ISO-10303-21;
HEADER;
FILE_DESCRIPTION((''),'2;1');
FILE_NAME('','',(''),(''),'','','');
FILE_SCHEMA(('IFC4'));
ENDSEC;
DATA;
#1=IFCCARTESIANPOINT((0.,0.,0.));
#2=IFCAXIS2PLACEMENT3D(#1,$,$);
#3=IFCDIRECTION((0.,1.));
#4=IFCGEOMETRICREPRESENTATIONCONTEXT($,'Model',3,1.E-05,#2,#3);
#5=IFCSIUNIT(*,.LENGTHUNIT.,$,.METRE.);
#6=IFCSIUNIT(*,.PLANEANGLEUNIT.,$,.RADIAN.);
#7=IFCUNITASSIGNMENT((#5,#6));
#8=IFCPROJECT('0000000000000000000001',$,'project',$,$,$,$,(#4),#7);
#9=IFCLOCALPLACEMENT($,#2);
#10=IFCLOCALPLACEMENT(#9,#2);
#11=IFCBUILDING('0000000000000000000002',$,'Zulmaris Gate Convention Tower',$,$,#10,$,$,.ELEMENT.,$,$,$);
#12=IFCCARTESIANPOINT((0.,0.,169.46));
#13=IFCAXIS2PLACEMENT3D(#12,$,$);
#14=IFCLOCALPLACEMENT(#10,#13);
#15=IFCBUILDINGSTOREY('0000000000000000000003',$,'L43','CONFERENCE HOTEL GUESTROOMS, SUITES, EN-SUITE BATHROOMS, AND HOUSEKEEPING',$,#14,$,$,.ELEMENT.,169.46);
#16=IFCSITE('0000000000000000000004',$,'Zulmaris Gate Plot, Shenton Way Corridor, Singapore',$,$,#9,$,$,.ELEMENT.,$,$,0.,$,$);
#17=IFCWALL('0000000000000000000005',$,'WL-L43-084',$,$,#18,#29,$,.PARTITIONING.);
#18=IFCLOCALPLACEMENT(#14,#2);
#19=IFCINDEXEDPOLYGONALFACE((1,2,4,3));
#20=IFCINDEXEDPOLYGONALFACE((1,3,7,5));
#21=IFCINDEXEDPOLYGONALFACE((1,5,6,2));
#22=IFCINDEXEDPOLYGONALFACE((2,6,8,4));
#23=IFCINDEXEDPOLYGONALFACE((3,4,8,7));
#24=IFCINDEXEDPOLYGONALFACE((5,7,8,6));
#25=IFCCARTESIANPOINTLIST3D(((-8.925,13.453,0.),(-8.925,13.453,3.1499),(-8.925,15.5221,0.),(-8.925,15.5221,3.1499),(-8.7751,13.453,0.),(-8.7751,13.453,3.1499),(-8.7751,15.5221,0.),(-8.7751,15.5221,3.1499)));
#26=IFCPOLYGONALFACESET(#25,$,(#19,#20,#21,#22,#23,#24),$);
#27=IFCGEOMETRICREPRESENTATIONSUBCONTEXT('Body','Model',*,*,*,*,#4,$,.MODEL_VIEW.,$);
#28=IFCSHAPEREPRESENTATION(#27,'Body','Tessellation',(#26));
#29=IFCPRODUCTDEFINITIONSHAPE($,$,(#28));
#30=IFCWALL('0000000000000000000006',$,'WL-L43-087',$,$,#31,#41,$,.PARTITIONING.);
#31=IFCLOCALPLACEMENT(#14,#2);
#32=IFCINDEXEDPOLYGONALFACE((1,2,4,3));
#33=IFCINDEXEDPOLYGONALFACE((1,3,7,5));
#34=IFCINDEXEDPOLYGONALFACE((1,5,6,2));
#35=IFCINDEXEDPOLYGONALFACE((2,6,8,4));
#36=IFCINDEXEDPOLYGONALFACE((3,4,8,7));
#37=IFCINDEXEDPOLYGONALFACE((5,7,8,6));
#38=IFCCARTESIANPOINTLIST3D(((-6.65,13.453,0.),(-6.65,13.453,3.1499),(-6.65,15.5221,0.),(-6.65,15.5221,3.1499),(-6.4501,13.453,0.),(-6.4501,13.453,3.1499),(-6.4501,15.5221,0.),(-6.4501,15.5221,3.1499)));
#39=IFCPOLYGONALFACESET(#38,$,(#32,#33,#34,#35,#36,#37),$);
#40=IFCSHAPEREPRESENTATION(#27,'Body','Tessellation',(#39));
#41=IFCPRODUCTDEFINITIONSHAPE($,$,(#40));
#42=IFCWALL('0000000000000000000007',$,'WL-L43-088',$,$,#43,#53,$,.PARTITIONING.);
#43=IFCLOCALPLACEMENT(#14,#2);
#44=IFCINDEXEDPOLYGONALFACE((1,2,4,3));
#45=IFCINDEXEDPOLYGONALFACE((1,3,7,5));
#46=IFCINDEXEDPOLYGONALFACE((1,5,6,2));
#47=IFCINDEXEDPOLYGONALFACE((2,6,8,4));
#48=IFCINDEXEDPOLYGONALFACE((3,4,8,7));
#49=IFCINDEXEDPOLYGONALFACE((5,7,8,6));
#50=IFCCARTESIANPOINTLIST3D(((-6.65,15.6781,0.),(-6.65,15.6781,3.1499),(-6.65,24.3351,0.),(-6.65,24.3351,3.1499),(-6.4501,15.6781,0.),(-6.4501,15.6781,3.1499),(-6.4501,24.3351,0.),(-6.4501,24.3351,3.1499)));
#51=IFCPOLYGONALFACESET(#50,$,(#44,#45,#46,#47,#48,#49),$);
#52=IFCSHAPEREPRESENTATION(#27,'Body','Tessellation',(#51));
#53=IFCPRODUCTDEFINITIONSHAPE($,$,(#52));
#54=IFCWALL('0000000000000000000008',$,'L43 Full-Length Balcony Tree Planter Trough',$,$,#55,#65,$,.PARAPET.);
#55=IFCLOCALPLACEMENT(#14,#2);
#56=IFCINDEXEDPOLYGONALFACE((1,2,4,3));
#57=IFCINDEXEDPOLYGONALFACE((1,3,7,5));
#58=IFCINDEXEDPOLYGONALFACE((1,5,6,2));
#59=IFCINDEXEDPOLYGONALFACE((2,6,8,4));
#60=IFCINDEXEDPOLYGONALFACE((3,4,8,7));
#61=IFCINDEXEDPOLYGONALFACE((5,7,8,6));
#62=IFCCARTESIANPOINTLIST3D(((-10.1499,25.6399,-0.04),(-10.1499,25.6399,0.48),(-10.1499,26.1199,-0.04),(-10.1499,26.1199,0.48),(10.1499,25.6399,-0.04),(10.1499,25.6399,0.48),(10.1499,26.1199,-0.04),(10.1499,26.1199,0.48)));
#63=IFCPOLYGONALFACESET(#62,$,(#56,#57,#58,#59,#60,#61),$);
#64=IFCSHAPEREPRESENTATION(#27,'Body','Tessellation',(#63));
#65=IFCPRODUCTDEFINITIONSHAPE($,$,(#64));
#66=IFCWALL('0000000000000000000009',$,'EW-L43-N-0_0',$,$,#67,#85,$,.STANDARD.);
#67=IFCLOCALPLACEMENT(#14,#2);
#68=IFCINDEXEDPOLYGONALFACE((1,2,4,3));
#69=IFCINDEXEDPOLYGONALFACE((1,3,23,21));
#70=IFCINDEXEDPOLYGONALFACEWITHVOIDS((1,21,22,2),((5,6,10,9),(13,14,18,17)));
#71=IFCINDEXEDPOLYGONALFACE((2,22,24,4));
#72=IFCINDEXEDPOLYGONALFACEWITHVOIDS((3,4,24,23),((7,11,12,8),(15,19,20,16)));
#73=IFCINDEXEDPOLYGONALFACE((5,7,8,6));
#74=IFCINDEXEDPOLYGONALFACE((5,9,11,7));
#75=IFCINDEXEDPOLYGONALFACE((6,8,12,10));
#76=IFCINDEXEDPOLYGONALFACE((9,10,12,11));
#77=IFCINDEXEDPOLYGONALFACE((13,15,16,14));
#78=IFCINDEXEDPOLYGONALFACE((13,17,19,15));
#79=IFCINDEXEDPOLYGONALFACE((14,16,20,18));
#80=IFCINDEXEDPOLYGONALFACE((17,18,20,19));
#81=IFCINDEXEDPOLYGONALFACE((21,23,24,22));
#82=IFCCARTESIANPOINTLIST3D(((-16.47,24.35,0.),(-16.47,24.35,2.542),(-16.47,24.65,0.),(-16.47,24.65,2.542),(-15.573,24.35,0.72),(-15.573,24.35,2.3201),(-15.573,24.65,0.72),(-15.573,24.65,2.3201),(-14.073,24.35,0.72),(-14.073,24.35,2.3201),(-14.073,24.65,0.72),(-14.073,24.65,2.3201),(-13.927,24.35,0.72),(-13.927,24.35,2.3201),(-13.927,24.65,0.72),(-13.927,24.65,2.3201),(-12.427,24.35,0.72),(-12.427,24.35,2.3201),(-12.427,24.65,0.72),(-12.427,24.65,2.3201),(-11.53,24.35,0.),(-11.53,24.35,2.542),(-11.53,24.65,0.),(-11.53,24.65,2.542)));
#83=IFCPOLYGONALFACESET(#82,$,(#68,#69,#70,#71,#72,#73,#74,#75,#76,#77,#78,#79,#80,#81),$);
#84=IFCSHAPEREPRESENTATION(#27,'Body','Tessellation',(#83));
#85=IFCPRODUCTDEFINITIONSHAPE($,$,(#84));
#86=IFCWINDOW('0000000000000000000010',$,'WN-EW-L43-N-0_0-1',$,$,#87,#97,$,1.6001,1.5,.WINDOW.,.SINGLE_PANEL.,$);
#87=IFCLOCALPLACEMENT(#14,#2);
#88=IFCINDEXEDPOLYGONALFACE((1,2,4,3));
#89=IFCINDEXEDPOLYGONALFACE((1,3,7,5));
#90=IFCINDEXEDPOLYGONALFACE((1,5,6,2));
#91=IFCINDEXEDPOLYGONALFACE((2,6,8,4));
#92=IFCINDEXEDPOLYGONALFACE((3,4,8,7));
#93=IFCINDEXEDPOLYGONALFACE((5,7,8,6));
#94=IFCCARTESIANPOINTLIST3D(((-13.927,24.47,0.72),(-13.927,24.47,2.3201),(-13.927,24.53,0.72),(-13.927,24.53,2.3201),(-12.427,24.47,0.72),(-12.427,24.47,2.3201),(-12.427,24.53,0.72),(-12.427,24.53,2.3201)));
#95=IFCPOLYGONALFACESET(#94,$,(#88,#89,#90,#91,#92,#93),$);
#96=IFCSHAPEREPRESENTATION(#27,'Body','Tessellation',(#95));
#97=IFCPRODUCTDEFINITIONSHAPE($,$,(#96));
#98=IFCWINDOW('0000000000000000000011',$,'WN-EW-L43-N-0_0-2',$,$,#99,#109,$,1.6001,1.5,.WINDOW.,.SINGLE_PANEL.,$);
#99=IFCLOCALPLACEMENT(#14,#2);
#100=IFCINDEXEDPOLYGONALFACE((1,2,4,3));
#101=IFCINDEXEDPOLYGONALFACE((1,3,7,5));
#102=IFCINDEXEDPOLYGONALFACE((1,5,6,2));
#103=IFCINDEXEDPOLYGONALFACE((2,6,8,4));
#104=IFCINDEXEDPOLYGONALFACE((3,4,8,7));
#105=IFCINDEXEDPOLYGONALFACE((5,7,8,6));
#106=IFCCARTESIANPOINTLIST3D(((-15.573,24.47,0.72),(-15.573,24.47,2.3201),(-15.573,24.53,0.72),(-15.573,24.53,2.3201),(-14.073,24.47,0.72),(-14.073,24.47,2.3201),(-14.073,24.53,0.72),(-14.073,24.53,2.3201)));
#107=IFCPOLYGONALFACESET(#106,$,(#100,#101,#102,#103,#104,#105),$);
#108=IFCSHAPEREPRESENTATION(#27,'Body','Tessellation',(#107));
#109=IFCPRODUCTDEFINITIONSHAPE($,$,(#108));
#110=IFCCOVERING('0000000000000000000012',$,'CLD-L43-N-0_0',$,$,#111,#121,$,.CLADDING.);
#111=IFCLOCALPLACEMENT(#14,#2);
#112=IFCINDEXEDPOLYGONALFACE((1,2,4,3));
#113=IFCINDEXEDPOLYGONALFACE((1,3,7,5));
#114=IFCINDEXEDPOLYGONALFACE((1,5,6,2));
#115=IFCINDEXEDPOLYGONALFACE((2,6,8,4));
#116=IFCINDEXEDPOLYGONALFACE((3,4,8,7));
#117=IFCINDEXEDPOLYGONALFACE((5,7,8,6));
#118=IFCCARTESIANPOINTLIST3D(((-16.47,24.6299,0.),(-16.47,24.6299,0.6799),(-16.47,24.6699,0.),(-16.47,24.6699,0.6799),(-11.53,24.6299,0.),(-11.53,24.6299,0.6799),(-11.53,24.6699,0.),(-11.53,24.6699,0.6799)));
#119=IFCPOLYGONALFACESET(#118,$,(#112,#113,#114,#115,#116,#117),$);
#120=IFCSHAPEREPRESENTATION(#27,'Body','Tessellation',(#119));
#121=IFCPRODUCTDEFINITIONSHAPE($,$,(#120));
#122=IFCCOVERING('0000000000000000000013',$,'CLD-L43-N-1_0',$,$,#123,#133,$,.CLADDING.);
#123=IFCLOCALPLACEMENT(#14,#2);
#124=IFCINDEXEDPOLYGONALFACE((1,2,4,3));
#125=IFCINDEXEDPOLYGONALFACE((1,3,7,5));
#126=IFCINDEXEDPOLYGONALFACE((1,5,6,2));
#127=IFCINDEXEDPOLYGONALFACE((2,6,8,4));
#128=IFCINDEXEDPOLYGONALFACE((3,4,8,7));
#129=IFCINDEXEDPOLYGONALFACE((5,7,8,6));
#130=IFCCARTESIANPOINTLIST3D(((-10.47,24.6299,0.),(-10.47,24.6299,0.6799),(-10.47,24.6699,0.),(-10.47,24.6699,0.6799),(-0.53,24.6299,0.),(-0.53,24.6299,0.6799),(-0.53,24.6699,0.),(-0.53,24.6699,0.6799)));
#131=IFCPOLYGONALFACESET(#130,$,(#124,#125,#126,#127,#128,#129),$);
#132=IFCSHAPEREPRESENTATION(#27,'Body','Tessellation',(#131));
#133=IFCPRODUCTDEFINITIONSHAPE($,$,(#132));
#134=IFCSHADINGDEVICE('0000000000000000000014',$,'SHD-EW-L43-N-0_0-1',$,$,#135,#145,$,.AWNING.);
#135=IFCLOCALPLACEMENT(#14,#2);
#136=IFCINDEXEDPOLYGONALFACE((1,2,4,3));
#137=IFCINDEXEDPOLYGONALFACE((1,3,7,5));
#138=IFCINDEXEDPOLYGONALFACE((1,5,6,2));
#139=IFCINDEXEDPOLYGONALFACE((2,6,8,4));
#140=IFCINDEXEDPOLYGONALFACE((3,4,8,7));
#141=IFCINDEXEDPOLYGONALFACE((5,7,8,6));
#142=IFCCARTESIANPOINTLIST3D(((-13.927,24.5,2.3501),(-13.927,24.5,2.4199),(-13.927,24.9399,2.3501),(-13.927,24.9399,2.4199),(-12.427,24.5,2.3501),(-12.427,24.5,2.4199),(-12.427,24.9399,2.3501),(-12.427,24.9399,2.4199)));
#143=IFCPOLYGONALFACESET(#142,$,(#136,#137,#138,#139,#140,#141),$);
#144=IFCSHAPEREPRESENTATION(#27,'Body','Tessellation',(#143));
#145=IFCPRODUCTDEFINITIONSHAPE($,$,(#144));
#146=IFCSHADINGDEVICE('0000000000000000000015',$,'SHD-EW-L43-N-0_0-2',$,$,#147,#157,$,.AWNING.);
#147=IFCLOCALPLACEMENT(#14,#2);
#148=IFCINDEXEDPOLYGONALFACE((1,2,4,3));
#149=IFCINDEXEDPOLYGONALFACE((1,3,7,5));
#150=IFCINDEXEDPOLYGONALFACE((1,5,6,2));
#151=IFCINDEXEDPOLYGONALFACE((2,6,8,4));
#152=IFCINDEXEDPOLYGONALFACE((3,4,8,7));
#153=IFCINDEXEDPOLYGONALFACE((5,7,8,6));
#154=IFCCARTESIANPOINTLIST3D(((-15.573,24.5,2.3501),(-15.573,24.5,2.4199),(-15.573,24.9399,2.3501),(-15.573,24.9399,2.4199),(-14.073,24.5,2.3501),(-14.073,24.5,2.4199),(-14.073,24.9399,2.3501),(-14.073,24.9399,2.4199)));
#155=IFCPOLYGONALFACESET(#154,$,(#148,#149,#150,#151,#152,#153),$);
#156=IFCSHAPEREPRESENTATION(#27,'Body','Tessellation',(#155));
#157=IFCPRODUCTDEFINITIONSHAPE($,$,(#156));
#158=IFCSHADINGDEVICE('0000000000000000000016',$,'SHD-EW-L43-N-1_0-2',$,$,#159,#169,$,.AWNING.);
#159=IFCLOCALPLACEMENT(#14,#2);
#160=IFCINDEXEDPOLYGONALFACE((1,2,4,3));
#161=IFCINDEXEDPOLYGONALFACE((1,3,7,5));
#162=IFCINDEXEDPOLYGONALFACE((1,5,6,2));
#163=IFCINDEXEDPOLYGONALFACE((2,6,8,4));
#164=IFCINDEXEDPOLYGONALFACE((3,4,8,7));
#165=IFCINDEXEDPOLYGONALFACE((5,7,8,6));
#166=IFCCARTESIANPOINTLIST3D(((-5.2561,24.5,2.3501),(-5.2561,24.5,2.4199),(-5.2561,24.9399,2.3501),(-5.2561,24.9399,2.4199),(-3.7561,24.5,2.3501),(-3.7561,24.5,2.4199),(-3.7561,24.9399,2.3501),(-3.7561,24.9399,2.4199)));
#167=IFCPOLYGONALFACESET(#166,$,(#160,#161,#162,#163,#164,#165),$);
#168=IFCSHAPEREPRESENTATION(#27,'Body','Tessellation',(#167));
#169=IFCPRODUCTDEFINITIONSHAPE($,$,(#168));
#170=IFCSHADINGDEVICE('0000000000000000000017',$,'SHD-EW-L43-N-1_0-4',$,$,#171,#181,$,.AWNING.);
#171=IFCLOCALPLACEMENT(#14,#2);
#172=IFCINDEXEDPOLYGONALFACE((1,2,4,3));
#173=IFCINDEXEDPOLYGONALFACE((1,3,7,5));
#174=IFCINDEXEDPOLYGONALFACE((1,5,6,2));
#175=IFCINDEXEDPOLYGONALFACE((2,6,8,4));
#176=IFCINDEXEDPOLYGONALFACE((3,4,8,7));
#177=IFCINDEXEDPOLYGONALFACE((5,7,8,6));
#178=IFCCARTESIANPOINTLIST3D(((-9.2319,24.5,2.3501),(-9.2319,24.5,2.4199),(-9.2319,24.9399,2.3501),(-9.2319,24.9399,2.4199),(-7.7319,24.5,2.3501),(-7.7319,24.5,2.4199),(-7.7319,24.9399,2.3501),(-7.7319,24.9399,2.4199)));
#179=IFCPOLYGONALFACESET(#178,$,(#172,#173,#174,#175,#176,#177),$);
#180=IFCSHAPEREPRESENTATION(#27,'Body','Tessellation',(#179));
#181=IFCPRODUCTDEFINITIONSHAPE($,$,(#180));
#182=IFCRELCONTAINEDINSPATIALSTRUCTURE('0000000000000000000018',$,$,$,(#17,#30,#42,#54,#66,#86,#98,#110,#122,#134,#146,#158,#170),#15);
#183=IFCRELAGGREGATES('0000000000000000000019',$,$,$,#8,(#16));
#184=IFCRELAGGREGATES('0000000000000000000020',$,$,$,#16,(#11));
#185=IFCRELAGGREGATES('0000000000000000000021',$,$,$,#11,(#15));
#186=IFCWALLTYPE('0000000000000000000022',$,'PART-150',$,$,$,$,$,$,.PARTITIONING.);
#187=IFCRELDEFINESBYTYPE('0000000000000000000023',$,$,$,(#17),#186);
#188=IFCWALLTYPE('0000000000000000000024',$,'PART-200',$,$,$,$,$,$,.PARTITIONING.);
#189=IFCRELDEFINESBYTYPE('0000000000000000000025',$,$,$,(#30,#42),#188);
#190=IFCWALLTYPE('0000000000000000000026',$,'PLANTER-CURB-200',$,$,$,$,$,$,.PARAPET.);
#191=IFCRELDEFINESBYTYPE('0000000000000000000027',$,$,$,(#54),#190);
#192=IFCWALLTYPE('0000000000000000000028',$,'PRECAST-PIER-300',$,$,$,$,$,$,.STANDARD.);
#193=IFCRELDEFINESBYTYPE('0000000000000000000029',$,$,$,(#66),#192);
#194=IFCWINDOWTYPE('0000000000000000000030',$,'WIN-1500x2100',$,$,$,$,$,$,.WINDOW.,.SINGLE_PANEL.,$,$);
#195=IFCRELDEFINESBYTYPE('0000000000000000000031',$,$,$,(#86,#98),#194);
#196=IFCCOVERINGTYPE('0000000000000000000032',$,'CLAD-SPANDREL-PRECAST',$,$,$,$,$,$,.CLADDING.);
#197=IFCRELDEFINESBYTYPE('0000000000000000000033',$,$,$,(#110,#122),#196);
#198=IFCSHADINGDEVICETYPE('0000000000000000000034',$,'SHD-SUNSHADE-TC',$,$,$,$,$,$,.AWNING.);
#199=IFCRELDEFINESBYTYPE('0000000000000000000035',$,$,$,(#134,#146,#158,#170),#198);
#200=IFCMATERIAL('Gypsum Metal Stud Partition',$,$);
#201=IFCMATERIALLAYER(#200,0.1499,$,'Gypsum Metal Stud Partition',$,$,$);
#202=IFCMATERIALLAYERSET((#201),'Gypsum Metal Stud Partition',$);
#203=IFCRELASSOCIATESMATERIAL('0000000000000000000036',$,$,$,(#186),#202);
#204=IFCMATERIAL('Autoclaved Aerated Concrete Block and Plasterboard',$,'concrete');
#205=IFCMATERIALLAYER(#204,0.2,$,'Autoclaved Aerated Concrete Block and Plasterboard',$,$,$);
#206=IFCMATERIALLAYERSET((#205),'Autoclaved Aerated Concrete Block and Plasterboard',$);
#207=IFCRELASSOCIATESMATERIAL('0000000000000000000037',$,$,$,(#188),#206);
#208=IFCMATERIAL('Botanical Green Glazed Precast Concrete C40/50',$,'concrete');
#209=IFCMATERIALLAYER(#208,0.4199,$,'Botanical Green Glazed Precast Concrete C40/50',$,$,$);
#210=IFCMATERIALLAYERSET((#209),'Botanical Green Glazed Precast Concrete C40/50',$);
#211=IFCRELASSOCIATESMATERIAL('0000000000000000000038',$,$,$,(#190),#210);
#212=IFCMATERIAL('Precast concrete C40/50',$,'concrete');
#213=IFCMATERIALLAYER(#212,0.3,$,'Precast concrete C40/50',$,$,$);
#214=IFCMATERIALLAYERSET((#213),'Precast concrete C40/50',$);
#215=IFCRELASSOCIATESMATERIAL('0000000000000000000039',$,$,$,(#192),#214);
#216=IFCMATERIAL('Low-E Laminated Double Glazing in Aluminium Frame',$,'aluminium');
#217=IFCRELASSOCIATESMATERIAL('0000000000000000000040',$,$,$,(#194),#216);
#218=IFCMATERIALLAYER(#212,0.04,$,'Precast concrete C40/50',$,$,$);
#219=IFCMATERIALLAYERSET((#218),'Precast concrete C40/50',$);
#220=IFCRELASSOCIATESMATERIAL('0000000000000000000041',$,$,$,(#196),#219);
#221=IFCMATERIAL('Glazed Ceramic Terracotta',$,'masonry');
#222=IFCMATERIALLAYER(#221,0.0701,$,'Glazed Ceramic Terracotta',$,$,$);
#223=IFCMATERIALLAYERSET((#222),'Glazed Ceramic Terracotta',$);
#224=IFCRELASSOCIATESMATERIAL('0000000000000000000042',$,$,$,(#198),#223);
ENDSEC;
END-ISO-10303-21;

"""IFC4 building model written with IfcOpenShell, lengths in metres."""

from ifc_helpers import new_model, si_unit, direction, frame, frame_2d, origin, place, context, subcontext, project, spatial, rectangle, extrude, material, layer, layer_set, type_object, element, fill, save


model = new_model("IFC4")

# Units and contexts
model_context = context("Model", 3, precision=1e-05, world=origin(), true_north=direction((0.0, 1.0)))
body_context = subcontext(model_context, "Body", "Model", "MODEL_VIEW")
ifc_project = project(units=[si_unit("LENGTHUNIT", "METRE"), si_unit("PLANEANGLEUNIT", "RADIAN")], contexts=[model_context])

# Site, building, storey
site_placement = place(None, origin())
site = spatial("IfcSite", under=ifc_project, at=site_placement, Name="Zulmaris Gate Plot, Shenton Way Corridor, Singapore", CompositionType="ELEMENT", RefElevation=0.0)
building_placement = place(site_placement, origin())
building = spatial("IfcBuilding", under=site, at=building_placement, Name="Zulmaris Gate Convention Tower", CompositionType="ELEMENT")
storey_placement = place(building_placement, frame((0.0, 0.0, 169.46)))
storey = spatial("IfcBuildingStorey", under=building, at=storey_placement, Name="L43", Description="CONFERENCE HOTEL GUESTROOMS, SUITES, EN-SUITE BATHROOMS, AND HOUSEKEEPING", CompositionType="ELEMENT", Elevation=169.46)

# Shared definitions
ifc_material_1 = material(Name="Gypsum Metal Stud Partition")
ifc_layer_1 = layer(ifc_material_1, 0.1499, Name="Gypsum Metal Stud Partition")
ifc_layer_set_1 = layer_set([ifc_layer_1], Name="Gypsum Metal Stud Partition")
wall_type_1 = type_object("IfcWallType", Name="PART-150", PredefinedType="PARTITIONING", material=ifc_layer_set_1)

# Walls
wall_1_placement = place(storey_placement, frame((-8.8501, 13.4529, 0.0), z_axis=(0.0, 0.0, 1.0), x_axis=(0.0, 1.0, 0.0)))
element("IfcWall", 1, at=wall_1_placement, inside=storey, type_object=wall_type_1, Name="WL-L43-084", PredefinedType="PARTITIONING", context=body_context, shape_type="SweptSolid", body=[
    extrude(rectangle(XDim=2.0691, YDim=0.1499, at=frame_2d((1.0347, 0.0))), origin(), (0.0, 0.0, 1.0), 3.1499),
])
ifc_material_2 = material(Name="Autoclaved Aerated Concrete Block and Plasterboard", Category="concrete")
ifc_layer_2 = layer(ifc_material_2, 0.2, Name="Autoclaved Aerated Concrete Block and Plasterboard")
ifc_layer_set_2 = layer_set([ifc_layer_2], Name="Autoclaved Aerated Concrete Block and Plasterboard")
wall_type_2 = type_object("IfcWallType", Name="PART-200", PredefinedType="PARTITIONING", material=ifc_layer_set_2)
wall_2_placement = place(storey_placement, frame((-6.55, 13.4529, 0.0), z_axis=(0.0, 0.0, 1.0), x_axis=(0.0, 1.0, 0.0)))
element("IfcWall", 2, at=wall_2_placement, inside=storey, type_object=wall_type_2, Name="WL-L43-087", PredefinedType="PARTITIONING", context=body_context, shape_type="SweptSolid", body=[
    extrude(rectangle(XDim=2.0691, YDim=0.2, at=frame_2d((1.0347, 0.0))), origin(), (0.0, 0.0, 1.0), 3.1499),
])
wall_3_placement = place(storey_placement, frame((-6.55, 15.678, 0.0), z_axis=(0.0, 0.0, 1.0), x_axis=(0.0, 1.0, 0.0)))
element("IfcWall", 3, at=wall_3_placement, inside=storey, type_object=wall_type_2, Name="WL-L43-088", PredefinedType="PARTITIONING", context=body_context, shape_type="SweptSolid", body=[
    extrude(rectangle(XDim=8.657, YDim=0.2, at=frame_2d((4.3286, 0.0))), origin(), (0.0, 0.0, 1.0), 3.1499),
])
ifc_material_3 = material(Name="Botanical Green Glazed Precast Concrete C40/50", Category="concrete")
ifc_layer_3 = layer(ifc_material_3, 0.4199, Name="Botanical Green Glazed Precast Concrete C40/50")
ifc_layer_set_3 = layer_set([ifc_layer_3], Name="Botanical Green Glazed Precast Concrete C40/50")
wall_type_3 = type_object("IfcWallType", Name="PLANTER-CURB-200", PredefinedType="PARAPET", material=ifc_layer_set_3)
wall_4_placement = place(storey_placement, frame((-10.1499, 25.8799, -0.04), z_axis=(0.0, 0.0, 1.0), x_axis=(1.0, 0.0, 0.0)))
element("IfcWall", 4, at=wall_4_placement, inside=storey, type_object=wall_type_3, Name="L43 Full-Length Balcony Tree Planter Trough", PredefinedType="PARAPET", context=body_context, shape_type="SweptSolid", body=[
    extrude(rectangle(XDim=20.2998, YDim=0.48, at=frame_2d((10.1499, 0.0))), origin(), (0.0, 0.0, 1.0), 0.52),
])

# Wall, openings, windows
ifc_material_4 = material(Name="Precast concrete C40/50", Category="concrete")
ifc_layer_4 = layer(ifc_material_4, 0.3, Name="Precast concrete C40/50")
ifc_layer_set_4 = layer_set([ifc_layer_4], Name="Precast concrete C40/50")
wall_type_4 = type_object("IfcWallType", Name="PRECAST-PIER-300", PredefinedType="STANDARD", material=ifc_layer_set_4)
wall_5_placement = place(storey_placement, frame((-11.53, 24.5, 0.0), z_axis=(0.0, 0.0, 1.0), x_axis=(-1.0, 0.0, 0.0)))
wall_5 = element("IfcWall", 5, at=wall_5_placement, inside=storey, type_object=wall_type_4, Name="EW-L43-N-0_0", PredefinedType="STANDARD", context=body_context, shape_type="SweptSolid", body=[
    extrude(rectangle(XDim=4.9399, YDim=0.3, at=frame_2d((2.47, 0.0))), origin(), (0.0, 0.0, 1.0), 2.542),
])
opening_1_placement = place(wall_5_placement, frame((0.897, 0.0, 0.72)))
opening_1 = element("IfcOpeningElement", 6, at=opening_1_placement, cuts=wall_5, PredefinedType="OPENING", context=body_context, shape_type="SweptSolid", body=[
    extrude(rectangle(XDim=1.5, YDim=1.6001, at=frame_2d((0.75, 0.8))), frame((0.0, 0.1602, 0.0), z_axis=(0.0, -1.0, 0.0), x_axis=(1.0, 0.0, 0.0)), (0.0, 0.0, 1.0), 0.3201),
])
opening_2_placement = place(wall_5_placement, frame((2.543, 0.0, 0.72)))
opening_2 = element("IfcOpeningElement", 7, at=opening_2_placement, cuts=wall_5, PredefinedType="OPENING", context=body_context, shape_type="SweptSolid", body=[
    extrude(rectangle(XDim=1.5, YDim=1.6001, at=frame_2d((0.75, 0.8))), frame((0.0, 0.1602, 0.0), z_axis=(0.0, -1.0, 0.0), x_axis=(1.0, 0.0, 0.0)), (0.0, 0.0, 1.0), 0.3201),
])
ifc_material_5 = material(Name="Low-E Laminated Double Glazing in Aluminium Frame", Category="aluminium")
window_type = type_object("IfcWindowType", Name="WIN-1500x2100", PartitioningType="SINGLE_PANEL", PredefinedType="WINDOW", material=ifc_material_5)
window_1_placement = place(opening_1_placement, origin())
window_1 = element("IfcWindow", 8, at=window_1_placement, inside=storey, type_object=window_type, Name="WN-EW-L43-N-0_0-1", OverallHeight=1.6001, OverallWidth=1.5, PartitioningType="SINGLE_PANEL", PredefinedType="WINDOW", context=body_context, shape_type="SweptSolid", body=[
    extrude(rectangle(XDim=1.5, YDim=1.6001, at=frame_2d((0.75, 0.8))), frame((0.0, 0.03, 0.0), z_axis=(0.0, -1.0, 0.0), x_axis=(1.0, 0.0, 0.0)), (0.0, 0.0, 1.0), 0.0601),
])
fill(opening_1, window_1)
window_2_placement = place(opening_2_placement, origin())
window_2 = element("IfcWindow", 9, at=window_2_placement, inside=storey, type_object=window_type, Name="WN-EW-L43-N-0_0-2", OverallHeight=1.6001, OverallWidth=1.5, PartitioningType="SINGLE_PANEL", PredefinedType="WINDOW", context=body_context, shape_type="SweptSolid", body=[
    extrude(rectangle(XDim=1.5, YDim=1.6001, at=frame_2d((0.75, 0.8))), frame((0.0, 0.03, 0.0), z_axis=(0.0, -1.0, 0.0), x_axis=(1.0, 0.0, 0.0)), (0.0, 0.0, 1.0), 0.0601),
])
fill(opening_2, window_2)

# Coverings
ifc_layer_5 = layer(ifc_material_4, 0.04, Name="Precast concrete C40/50")
ifc_layer_set_5 = layer_set([ifc_layer_5], Name="Precast concrete C40/50")
covering_type = type_object("IfcCoveringType", Name="CLAD-SPANDREL-PRECAST", PredefinedType="CLADDING", material=ifc_layer_set_5)
covering_1_placement = place(storey_placement, frame((-11.53, 24.6499, 0.0), z_axis=(0.0, 0.0, 1.0), x_axis=(-1.0, 0.0, 0.0)))
element("IfcCovering", 10, at=covering_1_placement, inside=storey, type_object=covering_type, Name="CLD-L43-N-0_0", PredefinedType="CLADDING", context=body_context, shape_type="SweptSolid", body=[
    extrude(rectangle(XDim=4.9399, YDim=0.04, at=frame_2d((2.47, 0.0))), origin(), (0.0, 0.0, 1.0), 0.6799),
])
covering_2_placement = place(storey_placement, frame((-0.53, 24.6499, 0.0), z_axis=(0.0, 0.0, 1.0), x_axis=(-1.0, 0.0, 0.0)))
element("IfcCovering", 11, at=covering_2_placement, inside=storey, type_object=covering_type, Name="CLD-L43-N-1_0", PredefinedType="CLADDING", context=body_context, shape_type="SweptSolid", body=[
    extrude(rectangle(XDim=9.9399, YDim=0.04, at=frame_2d((4.97, 0.0))), origin(), (0.0, 0.0, 1.0), 0.6799),
])

# Shading devices
ifc_material_6 = material(Name="Glazed Ceramic Terracotta", Category="masonry")
ifc_layer_6 = layer(ifc_material_6, 0.0701, Name="Glazed Ceramic Terracotta")
ifc_layer_set_6 = layer_set([ifc_layer_6], Name="Glazed Ceramic Terracotta")
shading_device_type = type_object("IfcShadingDeviceType", Name="SHD-SUNSHADE-TC", PredefinedType="AWNING", material=ifc_layer_set_6)
for number, where, z_axis, x_axis, name in (
    (12, (-12.427, 24.72, 2.3501), (0.0, 0.0, 1.0), (-1.0, 0.0, 0.0), "SHD-EW-L43-N-0_0-1"),
    (13, (-14.073, 24.72, 2.3501), (0.0, 0.0, 1.0), (-1.0, 0.0, 0.0), "SHD-EW-L43-N-0_0-2"),
    (14, (-3.7561, 24.72, 2.3501), (0.0, 0.0, 1.0), (-1.0, 0.0, 0.0), "SHD-EW-L43-N-1_0-2"),
    (15, (-7.7319, 24.72, 2.3501), (0.0, 0.0, 1.0), (-1.0, 0.0, 0.0), "SHD-EW-L43-N-1_0-4"),
):
    element("IfcShadingDevice", number, at=place(storey_placement, frame(where, z_axis=z_axis, x_axis=x_axis)), inside=storey, type_object=shading_device_type, Name=name, PredefinedType="AWNING", context=body_context, shape_type="SweptSolid", body=[
        extrude(rectangle(XDim=1.5, YDim=0.4399, at=frame_2d((0.75, 0.0))), origin(), (0.0, 0.0, 1.0), 0.0698),
    ])

save(model, "model.ifc")
